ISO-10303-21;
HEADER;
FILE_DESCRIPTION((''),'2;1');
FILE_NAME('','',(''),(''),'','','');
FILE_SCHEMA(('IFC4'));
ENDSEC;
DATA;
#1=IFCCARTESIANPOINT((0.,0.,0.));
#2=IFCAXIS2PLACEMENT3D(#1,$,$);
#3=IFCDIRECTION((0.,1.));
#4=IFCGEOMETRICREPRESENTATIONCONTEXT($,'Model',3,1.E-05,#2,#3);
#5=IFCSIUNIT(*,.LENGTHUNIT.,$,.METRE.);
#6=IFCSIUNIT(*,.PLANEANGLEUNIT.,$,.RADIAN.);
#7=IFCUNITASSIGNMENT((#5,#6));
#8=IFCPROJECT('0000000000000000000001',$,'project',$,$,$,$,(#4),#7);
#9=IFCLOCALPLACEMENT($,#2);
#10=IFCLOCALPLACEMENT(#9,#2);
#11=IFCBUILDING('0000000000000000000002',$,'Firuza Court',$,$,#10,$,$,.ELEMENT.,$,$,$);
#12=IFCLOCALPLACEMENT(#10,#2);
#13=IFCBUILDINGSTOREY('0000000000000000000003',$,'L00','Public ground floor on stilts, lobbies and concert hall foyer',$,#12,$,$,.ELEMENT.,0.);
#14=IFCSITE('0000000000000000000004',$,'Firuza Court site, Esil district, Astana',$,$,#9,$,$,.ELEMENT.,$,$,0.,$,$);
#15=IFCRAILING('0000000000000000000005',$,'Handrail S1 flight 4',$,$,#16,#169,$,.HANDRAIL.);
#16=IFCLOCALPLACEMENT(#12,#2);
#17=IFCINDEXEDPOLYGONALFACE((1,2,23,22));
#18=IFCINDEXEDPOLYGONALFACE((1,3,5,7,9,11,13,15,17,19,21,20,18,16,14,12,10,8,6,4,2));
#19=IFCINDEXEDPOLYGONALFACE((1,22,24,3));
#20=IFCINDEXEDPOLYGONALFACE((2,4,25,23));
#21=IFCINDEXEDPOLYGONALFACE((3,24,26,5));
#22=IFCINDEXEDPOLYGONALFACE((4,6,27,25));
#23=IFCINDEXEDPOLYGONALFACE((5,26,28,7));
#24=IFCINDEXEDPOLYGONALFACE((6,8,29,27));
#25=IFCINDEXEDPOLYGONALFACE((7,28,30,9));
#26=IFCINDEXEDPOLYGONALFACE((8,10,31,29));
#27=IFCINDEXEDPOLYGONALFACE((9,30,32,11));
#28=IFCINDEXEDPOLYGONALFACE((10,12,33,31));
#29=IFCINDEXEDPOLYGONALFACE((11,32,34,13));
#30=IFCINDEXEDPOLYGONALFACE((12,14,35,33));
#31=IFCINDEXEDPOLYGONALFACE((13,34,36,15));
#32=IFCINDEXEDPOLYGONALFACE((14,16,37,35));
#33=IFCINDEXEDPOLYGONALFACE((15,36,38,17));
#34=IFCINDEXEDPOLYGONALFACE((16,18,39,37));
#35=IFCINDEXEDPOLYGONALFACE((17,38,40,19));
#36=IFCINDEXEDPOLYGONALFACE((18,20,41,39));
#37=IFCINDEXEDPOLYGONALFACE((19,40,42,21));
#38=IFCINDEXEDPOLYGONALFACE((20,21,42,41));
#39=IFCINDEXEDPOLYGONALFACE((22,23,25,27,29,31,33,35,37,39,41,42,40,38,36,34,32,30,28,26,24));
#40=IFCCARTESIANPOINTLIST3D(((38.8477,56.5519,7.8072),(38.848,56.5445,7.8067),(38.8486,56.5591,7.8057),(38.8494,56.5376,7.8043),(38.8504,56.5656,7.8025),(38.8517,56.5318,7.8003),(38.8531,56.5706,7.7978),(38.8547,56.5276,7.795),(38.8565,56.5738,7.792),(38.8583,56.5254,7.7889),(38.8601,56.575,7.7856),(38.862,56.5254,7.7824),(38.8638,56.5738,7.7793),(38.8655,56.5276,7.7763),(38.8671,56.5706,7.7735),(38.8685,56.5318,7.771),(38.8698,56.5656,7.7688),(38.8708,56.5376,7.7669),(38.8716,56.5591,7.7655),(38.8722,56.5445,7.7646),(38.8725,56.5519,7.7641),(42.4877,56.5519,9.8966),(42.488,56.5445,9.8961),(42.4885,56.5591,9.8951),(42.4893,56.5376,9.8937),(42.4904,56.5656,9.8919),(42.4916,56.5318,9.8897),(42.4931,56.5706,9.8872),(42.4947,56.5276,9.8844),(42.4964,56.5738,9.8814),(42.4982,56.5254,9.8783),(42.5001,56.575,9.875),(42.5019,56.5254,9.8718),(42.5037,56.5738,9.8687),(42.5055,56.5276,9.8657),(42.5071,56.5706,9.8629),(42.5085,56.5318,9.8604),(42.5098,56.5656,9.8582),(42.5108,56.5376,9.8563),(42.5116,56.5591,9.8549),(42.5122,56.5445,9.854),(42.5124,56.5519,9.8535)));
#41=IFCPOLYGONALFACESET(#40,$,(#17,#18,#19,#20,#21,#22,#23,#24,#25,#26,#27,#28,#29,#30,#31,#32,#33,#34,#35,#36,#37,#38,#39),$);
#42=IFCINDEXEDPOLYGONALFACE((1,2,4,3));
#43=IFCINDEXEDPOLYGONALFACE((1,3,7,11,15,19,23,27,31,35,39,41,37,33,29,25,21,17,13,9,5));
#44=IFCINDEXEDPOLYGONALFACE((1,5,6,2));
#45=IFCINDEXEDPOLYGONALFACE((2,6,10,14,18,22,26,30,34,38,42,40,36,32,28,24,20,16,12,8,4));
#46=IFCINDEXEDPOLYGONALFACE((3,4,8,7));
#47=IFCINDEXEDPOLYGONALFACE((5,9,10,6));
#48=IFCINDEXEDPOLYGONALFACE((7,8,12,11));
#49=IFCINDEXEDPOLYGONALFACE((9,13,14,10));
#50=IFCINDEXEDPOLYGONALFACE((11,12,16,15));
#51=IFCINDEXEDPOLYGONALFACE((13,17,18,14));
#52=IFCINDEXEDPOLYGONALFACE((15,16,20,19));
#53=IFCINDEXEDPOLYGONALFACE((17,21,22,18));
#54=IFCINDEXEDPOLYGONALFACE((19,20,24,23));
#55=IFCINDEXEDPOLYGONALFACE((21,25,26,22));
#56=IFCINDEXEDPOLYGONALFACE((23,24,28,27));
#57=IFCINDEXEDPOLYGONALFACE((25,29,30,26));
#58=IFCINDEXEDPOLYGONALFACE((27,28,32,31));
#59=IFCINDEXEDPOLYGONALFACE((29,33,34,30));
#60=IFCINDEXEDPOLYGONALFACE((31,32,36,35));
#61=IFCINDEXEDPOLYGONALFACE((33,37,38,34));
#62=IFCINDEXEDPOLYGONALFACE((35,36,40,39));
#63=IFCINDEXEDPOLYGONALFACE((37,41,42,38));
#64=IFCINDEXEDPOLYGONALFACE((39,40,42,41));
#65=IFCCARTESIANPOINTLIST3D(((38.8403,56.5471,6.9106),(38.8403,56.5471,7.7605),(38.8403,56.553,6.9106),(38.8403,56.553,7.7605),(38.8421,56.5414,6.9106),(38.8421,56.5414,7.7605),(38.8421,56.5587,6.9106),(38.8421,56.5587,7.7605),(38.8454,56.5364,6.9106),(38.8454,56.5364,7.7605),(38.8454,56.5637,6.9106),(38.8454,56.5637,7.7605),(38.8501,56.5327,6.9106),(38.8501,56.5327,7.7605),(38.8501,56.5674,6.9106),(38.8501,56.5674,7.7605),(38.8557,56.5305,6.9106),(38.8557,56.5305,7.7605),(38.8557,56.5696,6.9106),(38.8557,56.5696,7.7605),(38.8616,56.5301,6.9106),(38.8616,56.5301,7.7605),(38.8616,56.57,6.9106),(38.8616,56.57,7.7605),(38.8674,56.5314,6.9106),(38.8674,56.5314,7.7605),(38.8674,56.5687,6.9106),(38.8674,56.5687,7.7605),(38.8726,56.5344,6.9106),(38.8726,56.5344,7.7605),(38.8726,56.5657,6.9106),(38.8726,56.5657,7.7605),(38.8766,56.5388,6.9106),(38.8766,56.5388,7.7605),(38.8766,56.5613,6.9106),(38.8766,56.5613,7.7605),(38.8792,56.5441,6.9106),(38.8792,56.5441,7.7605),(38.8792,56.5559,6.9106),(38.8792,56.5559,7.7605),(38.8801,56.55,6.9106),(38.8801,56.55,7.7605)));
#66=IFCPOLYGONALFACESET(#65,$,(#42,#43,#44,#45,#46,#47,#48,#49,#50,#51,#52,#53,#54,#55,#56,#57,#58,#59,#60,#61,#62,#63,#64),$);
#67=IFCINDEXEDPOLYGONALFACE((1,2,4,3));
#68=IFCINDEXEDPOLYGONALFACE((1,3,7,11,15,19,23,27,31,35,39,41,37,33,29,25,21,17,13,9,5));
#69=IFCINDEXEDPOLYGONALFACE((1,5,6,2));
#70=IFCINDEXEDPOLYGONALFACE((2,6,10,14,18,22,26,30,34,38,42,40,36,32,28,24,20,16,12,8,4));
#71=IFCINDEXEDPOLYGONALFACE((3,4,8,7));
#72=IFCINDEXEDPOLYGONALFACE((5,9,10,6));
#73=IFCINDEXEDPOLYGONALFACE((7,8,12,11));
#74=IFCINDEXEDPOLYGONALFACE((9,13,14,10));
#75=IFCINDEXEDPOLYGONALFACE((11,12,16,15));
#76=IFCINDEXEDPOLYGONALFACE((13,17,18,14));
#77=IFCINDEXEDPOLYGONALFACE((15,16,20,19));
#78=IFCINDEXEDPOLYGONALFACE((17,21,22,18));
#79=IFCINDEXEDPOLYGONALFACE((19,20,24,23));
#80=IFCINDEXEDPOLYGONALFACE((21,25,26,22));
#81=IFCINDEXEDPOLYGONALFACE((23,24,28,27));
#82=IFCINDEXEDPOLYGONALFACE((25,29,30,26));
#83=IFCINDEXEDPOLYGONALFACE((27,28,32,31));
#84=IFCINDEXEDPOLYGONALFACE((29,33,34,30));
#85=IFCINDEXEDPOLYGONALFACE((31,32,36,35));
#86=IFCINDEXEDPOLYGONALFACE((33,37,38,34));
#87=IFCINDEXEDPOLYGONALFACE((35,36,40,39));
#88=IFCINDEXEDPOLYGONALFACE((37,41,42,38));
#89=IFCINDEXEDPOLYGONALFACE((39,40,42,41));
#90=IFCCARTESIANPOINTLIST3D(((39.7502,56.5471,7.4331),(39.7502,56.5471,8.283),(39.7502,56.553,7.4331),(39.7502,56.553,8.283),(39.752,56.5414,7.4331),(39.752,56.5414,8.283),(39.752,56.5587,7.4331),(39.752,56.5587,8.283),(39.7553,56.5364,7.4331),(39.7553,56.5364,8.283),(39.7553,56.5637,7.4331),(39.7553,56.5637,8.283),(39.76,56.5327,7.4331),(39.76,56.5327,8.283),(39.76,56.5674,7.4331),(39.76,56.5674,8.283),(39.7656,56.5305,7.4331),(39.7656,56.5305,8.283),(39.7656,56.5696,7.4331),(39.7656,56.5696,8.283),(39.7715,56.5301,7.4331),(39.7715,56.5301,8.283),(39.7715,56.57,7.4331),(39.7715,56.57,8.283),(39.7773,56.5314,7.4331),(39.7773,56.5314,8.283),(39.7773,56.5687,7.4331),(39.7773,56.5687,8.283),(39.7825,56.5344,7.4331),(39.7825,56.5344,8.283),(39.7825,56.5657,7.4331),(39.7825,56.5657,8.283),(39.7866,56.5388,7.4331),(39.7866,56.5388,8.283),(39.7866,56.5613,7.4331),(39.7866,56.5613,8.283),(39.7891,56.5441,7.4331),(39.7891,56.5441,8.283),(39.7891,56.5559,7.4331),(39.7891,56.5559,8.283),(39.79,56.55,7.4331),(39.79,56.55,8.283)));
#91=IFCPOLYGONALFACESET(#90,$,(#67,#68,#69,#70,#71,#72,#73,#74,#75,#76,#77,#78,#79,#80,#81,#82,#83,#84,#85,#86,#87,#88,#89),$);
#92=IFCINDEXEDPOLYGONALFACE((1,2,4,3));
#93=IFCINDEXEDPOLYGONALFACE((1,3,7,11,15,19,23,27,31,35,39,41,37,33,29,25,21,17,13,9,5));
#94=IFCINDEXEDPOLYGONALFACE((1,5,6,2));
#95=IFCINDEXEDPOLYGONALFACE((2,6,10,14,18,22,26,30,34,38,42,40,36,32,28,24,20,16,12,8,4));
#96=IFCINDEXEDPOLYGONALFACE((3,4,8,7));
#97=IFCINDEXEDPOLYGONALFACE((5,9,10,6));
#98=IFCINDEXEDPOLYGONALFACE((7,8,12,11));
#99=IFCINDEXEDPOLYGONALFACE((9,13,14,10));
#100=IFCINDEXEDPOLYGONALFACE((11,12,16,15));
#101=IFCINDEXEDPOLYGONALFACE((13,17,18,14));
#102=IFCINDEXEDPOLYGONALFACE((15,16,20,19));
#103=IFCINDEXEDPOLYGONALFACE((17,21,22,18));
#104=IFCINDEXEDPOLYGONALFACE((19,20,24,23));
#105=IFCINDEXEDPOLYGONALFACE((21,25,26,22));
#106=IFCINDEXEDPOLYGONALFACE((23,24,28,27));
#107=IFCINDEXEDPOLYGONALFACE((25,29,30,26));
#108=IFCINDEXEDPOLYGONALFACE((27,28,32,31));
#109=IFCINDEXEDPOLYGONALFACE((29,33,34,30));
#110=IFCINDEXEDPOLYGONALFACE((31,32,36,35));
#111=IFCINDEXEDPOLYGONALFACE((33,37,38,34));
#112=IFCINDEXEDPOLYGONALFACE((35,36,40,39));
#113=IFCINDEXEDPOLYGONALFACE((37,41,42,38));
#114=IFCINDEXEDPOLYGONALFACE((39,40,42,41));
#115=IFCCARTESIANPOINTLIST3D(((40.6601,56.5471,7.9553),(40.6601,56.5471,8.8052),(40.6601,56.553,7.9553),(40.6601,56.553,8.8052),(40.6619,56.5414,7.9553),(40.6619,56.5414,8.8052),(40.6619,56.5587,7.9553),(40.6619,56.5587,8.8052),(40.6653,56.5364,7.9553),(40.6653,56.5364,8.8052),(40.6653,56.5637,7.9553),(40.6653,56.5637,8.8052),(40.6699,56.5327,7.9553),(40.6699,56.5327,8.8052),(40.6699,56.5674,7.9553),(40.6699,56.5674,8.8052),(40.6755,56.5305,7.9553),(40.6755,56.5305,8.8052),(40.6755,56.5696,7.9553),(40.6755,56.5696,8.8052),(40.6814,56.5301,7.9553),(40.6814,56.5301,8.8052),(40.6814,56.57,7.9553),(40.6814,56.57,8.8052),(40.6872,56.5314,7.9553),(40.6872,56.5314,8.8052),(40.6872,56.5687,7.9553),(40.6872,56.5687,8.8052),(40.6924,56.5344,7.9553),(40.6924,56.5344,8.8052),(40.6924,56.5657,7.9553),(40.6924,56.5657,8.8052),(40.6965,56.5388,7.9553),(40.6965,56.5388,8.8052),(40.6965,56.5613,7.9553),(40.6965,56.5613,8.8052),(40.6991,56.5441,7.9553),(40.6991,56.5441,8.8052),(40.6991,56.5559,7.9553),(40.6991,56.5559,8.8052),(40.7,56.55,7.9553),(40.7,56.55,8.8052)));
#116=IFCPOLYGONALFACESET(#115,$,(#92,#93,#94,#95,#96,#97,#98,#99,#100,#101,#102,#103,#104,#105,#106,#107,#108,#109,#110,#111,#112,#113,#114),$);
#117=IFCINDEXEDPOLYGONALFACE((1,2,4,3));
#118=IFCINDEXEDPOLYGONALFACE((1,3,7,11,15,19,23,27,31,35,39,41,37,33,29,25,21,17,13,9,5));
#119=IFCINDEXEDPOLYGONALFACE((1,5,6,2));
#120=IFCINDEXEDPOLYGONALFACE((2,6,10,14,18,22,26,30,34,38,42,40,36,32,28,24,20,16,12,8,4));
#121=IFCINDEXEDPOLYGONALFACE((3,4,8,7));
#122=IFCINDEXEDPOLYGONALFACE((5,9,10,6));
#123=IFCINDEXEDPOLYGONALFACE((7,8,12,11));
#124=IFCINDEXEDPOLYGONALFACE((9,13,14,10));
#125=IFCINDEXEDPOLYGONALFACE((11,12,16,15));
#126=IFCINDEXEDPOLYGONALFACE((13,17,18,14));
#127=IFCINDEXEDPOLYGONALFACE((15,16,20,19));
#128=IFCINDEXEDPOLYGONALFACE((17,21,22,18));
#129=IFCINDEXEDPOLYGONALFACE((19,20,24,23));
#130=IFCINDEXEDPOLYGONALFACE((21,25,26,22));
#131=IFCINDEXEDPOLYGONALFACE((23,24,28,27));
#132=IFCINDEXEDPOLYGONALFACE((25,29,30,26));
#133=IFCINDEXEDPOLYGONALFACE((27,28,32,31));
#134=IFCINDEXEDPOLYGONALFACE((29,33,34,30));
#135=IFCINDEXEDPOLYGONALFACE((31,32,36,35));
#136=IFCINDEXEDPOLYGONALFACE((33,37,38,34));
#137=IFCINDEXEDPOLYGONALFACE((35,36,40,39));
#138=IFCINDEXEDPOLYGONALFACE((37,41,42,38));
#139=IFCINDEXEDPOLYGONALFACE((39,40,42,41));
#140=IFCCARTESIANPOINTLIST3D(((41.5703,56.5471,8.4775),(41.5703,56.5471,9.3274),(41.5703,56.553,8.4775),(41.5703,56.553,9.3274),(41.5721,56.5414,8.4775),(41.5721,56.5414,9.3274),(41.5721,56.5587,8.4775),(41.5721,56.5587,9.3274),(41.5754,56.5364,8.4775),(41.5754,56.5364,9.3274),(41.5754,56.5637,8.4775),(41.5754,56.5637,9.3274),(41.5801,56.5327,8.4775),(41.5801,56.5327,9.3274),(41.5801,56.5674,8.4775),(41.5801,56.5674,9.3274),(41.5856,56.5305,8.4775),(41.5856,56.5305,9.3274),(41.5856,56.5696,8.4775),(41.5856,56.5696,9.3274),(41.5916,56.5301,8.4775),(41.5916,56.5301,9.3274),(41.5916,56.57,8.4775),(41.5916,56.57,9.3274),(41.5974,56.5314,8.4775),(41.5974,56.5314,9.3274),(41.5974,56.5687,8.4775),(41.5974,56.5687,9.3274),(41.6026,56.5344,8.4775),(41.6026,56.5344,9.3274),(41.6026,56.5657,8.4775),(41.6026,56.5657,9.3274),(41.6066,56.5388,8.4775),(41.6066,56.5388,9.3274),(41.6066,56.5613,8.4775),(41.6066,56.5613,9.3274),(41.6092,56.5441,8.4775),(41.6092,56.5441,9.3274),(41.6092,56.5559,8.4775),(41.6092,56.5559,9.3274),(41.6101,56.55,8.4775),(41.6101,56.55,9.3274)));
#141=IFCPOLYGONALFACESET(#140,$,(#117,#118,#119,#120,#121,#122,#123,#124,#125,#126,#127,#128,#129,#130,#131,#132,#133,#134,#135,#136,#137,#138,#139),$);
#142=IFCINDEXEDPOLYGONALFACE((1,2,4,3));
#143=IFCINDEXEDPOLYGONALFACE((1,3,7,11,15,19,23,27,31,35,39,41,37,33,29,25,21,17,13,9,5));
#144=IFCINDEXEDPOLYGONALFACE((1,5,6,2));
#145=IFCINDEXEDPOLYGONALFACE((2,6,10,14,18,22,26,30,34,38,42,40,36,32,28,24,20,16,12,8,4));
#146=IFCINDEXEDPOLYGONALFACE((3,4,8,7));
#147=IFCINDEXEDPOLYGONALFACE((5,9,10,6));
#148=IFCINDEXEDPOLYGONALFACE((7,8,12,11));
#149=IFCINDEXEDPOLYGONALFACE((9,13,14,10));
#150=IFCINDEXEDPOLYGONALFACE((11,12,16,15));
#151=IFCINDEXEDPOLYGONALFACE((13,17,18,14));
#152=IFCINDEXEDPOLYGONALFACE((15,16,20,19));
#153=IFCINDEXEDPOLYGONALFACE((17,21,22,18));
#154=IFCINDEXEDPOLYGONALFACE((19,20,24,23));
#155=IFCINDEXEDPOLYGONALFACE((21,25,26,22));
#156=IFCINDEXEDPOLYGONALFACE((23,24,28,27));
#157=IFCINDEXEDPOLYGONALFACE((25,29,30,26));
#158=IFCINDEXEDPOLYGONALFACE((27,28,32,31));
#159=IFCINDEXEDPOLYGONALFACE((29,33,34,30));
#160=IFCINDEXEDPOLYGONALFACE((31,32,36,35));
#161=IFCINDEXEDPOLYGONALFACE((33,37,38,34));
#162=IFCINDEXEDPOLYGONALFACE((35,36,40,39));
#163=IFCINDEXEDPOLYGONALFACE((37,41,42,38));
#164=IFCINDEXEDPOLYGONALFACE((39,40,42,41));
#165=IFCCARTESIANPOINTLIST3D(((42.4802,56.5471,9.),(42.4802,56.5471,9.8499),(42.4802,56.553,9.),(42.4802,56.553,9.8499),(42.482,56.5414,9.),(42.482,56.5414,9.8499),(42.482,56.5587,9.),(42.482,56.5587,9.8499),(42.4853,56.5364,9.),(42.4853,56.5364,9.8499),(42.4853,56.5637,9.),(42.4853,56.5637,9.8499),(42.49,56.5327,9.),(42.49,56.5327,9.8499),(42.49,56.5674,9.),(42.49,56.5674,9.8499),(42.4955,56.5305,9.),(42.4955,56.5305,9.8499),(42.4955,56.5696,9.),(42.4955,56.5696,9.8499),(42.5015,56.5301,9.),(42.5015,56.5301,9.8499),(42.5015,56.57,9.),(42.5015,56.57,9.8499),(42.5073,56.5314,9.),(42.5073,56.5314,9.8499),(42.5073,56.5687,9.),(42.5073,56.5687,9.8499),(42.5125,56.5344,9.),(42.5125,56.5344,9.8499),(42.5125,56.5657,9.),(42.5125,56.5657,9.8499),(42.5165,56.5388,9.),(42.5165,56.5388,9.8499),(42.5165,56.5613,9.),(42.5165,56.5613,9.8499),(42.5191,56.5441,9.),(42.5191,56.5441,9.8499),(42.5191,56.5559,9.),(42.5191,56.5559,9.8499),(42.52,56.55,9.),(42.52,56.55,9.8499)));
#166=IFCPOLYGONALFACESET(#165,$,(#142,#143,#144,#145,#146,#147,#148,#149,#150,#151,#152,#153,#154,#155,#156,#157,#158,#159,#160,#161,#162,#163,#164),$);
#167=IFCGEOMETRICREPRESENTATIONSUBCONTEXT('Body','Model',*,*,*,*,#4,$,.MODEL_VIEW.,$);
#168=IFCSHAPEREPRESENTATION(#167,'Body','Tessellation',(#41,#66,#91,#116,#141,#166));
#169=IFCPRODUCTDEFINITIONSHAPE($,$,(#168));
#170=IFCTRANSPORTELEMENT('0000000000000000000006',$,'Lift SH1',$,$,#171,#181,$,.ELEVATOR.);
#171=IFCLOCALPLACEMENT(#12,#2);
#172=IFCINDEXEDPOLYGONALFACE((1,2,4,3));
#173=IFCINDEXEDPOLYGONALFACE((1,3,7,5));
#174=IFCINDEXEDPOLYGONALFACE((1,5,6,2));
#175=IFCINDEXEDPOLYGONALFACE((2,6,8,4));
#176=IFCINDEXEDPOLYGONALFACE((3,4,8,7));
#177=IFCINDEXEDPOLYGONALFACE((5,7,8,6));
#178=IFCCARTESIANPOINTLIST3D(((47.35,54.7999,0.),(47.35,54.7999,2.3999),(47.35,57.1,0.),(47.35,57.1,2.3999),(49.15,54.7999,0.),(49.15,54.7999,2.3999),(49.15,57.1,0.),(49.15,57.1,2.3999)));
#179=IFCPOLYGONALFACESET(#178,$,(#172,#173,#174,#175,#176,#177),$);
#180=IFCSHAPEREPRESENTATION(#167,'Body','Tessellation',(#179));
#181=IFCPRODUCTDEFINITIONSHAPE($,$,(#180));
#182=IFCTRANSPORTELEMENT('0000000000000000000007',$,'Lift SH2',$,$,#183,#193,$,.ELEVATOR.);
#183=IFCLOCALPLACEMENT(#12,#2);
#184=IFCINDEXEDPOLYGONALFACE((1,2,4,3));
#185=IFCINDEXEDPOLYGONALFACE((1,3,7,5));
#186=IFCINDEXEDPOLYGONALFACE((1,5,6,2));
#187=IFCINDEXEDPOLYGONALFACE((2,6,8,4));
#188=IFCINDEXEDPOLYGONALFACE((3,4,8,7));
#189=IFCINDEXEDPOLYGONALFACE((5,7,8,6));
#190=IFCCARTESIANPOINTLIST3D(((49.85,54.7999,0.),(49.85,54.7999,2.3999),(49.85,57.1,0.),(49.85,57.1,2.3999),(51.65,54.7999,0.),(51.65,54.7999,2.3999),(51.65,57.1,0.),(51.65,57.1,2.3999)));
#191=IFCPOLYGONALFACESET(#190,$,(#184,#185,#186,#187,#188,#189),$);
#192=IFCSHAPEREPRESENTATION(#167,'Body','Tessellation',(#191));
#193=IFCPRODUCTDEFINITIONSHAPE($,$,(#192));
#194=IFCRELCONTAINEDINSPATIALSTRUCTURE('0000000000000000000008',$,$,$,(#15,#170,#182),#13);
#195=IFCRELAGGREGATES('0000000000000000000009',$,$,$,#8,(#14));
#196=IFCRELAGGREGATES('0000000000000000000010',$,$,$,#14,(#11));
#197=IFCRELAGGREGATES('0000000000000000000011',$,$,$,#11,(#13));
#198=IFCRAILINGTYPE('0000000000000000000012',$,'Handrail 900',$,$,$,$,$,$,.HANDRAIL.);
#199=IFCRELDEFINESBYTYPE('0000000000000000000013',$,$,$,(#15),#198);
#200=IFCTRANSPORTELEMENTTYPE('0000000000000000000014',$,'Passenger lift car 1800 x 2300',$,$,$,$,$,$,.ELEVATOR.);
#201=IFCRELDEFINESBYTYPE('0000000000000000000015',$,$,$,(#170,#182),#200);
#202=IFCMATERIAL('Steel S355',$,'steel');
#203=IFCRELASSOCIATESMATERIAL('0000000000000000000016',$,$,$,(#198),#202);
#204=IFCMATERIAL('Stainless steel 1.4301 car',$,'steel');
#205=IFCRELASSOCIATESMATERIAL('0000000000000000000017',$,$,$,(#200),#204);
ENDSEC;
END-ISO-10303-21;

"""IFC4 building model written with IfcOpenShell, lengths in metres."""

from ifc_helpers import new_model, si_unit, direction, frame, origin, origin_2d, place, context, subcontext, project, spatial, rectangle, circle, extrude, material, type_object, element, save


model = new_model("IFC4")

# Units and contexts
model_context = context("Model", 3, precision=1e-05, world=origin(), true_north=direction((0.0, 1.0)))
body_context = subcontext(model_context, "Body", "Model", "MODEL_VIEW")
ifc_project = project(units=[si_unit("LENGTHUNIT", "METRE"), si_unit("PLANEANGLEUNIT", "RADIAN")], contexts=[model_context])

# Site, building, storey
site_placement = place(None, origin())
site = spatial("IfcSite", under=ifc_project, at=site_placement, Name="Firuza Court site, Esil district, Astana", CompositionType="ELEMENT", RefElevation=0.0)
building_placement = place(site_placement, origin())
building = spatial("IfcBuilding", under=site, at=building_placement, Name="Firuza Court", CompositionType="ELEMENT")
storey_placement = place(building_placement, origin())
storey = spatial("IfcBuildingStorey", under=building, at=storey_placement, Name="L00", Description="Public ground floor on stilts, lobbies and concert hall foyer", CompositionType="ELEMENT", Elevation=0.0)

# Railing
ifc_material_1 = material(Name="Steel S355", Category="steel")
railing_type_1 = type_object("IfcRailingType", Name="Handrail 900", PredefinedType="HANDRAIL", material=ifc_material_1)
railing_1_placement = place(storey_placement, frame((38.8601, 56.55, 6.9106)))
element("IfcRailing", 1, at=railing_1_placement, inside=storey, type_object=railing_type_1, Name="Handrail S1 flight 4", PredefinedType="HANDRAIL", context=body_context, shape_type="SweptSolid", body=[
    extrude(circle(Radius=0.0249, at=origin_2d()), frame((0.0, 0.0, 0.875), z_axis=(0.867275, 0.0, 0.497829), x_axis=(0.0, 1.0, 0.0)), (0.0, 0.0, 1.0), 4.197),
    extrude(circle(Radius=0.02, at=origin_2d()), origin(), (0.0, 0.0, 1.0), 0.8499),
    extrude(circle(Radius=0.02, at=origin_2d()), frame((0.9099, 0.0, 0.5225)), (0.0, 0.0, 1.0), 0.8499),
    extrude(circle(Radius=0.02, at=origin_2d()), frame((1.8198, 0.0, 1.0447)), (0.0, 0.0, 1.0), 0.8499),
    extrude(circle(Radius=0.02, at=origin_2d()), frame((2.73, 0.0, 1.5669)), (0.0, 0.0, 1.0), 0.8499),
    extrude(circle(Radius=0.02, at=origin_2d()), frame((3.6399, 0.0, 2.0894)), (0.0, 0.0, 1.0), 0.8499),
])

# Transport elements
ifc_material_2 = material(Name="Stainless steel 1.4301 car", Category="steel")
transport_element_type = type_object("IfcTransportElementType", Name="Passenger lift car 1800 x 2300", PredefinedType="ELEVATOR", material=ifc_material_2)
for number, where, z_axis, x_axis, name in (
    (2, (48.25, 55.95, 0.0), (0.0, 0.0, 1.0), (1.0, 0.0, 0.0), "Lift SH1"),
    (3, (50.75, 55.95, 0.0), (0.0, 0.0, 1.0), (1.0, 0.0, 0.0), "Lift SH2"),
):
    element("IfcTransportElement", number, at=place(storey_placement, frame(where, z_axis=z_axis, x_axis=x_axis)), inside=storey, type_object=transport_element_type, Name=name, PredefinedType="ELEVATOR", context=body_context, shape_type="SweptSolid", body=[
        extrude(rectangle(XDim=1.8, YDim=2.3, at=origin_2d()), origin(), (0.0, 0.0, 1.0), 2.3999),
    ])

save(model, "model.ifc")
